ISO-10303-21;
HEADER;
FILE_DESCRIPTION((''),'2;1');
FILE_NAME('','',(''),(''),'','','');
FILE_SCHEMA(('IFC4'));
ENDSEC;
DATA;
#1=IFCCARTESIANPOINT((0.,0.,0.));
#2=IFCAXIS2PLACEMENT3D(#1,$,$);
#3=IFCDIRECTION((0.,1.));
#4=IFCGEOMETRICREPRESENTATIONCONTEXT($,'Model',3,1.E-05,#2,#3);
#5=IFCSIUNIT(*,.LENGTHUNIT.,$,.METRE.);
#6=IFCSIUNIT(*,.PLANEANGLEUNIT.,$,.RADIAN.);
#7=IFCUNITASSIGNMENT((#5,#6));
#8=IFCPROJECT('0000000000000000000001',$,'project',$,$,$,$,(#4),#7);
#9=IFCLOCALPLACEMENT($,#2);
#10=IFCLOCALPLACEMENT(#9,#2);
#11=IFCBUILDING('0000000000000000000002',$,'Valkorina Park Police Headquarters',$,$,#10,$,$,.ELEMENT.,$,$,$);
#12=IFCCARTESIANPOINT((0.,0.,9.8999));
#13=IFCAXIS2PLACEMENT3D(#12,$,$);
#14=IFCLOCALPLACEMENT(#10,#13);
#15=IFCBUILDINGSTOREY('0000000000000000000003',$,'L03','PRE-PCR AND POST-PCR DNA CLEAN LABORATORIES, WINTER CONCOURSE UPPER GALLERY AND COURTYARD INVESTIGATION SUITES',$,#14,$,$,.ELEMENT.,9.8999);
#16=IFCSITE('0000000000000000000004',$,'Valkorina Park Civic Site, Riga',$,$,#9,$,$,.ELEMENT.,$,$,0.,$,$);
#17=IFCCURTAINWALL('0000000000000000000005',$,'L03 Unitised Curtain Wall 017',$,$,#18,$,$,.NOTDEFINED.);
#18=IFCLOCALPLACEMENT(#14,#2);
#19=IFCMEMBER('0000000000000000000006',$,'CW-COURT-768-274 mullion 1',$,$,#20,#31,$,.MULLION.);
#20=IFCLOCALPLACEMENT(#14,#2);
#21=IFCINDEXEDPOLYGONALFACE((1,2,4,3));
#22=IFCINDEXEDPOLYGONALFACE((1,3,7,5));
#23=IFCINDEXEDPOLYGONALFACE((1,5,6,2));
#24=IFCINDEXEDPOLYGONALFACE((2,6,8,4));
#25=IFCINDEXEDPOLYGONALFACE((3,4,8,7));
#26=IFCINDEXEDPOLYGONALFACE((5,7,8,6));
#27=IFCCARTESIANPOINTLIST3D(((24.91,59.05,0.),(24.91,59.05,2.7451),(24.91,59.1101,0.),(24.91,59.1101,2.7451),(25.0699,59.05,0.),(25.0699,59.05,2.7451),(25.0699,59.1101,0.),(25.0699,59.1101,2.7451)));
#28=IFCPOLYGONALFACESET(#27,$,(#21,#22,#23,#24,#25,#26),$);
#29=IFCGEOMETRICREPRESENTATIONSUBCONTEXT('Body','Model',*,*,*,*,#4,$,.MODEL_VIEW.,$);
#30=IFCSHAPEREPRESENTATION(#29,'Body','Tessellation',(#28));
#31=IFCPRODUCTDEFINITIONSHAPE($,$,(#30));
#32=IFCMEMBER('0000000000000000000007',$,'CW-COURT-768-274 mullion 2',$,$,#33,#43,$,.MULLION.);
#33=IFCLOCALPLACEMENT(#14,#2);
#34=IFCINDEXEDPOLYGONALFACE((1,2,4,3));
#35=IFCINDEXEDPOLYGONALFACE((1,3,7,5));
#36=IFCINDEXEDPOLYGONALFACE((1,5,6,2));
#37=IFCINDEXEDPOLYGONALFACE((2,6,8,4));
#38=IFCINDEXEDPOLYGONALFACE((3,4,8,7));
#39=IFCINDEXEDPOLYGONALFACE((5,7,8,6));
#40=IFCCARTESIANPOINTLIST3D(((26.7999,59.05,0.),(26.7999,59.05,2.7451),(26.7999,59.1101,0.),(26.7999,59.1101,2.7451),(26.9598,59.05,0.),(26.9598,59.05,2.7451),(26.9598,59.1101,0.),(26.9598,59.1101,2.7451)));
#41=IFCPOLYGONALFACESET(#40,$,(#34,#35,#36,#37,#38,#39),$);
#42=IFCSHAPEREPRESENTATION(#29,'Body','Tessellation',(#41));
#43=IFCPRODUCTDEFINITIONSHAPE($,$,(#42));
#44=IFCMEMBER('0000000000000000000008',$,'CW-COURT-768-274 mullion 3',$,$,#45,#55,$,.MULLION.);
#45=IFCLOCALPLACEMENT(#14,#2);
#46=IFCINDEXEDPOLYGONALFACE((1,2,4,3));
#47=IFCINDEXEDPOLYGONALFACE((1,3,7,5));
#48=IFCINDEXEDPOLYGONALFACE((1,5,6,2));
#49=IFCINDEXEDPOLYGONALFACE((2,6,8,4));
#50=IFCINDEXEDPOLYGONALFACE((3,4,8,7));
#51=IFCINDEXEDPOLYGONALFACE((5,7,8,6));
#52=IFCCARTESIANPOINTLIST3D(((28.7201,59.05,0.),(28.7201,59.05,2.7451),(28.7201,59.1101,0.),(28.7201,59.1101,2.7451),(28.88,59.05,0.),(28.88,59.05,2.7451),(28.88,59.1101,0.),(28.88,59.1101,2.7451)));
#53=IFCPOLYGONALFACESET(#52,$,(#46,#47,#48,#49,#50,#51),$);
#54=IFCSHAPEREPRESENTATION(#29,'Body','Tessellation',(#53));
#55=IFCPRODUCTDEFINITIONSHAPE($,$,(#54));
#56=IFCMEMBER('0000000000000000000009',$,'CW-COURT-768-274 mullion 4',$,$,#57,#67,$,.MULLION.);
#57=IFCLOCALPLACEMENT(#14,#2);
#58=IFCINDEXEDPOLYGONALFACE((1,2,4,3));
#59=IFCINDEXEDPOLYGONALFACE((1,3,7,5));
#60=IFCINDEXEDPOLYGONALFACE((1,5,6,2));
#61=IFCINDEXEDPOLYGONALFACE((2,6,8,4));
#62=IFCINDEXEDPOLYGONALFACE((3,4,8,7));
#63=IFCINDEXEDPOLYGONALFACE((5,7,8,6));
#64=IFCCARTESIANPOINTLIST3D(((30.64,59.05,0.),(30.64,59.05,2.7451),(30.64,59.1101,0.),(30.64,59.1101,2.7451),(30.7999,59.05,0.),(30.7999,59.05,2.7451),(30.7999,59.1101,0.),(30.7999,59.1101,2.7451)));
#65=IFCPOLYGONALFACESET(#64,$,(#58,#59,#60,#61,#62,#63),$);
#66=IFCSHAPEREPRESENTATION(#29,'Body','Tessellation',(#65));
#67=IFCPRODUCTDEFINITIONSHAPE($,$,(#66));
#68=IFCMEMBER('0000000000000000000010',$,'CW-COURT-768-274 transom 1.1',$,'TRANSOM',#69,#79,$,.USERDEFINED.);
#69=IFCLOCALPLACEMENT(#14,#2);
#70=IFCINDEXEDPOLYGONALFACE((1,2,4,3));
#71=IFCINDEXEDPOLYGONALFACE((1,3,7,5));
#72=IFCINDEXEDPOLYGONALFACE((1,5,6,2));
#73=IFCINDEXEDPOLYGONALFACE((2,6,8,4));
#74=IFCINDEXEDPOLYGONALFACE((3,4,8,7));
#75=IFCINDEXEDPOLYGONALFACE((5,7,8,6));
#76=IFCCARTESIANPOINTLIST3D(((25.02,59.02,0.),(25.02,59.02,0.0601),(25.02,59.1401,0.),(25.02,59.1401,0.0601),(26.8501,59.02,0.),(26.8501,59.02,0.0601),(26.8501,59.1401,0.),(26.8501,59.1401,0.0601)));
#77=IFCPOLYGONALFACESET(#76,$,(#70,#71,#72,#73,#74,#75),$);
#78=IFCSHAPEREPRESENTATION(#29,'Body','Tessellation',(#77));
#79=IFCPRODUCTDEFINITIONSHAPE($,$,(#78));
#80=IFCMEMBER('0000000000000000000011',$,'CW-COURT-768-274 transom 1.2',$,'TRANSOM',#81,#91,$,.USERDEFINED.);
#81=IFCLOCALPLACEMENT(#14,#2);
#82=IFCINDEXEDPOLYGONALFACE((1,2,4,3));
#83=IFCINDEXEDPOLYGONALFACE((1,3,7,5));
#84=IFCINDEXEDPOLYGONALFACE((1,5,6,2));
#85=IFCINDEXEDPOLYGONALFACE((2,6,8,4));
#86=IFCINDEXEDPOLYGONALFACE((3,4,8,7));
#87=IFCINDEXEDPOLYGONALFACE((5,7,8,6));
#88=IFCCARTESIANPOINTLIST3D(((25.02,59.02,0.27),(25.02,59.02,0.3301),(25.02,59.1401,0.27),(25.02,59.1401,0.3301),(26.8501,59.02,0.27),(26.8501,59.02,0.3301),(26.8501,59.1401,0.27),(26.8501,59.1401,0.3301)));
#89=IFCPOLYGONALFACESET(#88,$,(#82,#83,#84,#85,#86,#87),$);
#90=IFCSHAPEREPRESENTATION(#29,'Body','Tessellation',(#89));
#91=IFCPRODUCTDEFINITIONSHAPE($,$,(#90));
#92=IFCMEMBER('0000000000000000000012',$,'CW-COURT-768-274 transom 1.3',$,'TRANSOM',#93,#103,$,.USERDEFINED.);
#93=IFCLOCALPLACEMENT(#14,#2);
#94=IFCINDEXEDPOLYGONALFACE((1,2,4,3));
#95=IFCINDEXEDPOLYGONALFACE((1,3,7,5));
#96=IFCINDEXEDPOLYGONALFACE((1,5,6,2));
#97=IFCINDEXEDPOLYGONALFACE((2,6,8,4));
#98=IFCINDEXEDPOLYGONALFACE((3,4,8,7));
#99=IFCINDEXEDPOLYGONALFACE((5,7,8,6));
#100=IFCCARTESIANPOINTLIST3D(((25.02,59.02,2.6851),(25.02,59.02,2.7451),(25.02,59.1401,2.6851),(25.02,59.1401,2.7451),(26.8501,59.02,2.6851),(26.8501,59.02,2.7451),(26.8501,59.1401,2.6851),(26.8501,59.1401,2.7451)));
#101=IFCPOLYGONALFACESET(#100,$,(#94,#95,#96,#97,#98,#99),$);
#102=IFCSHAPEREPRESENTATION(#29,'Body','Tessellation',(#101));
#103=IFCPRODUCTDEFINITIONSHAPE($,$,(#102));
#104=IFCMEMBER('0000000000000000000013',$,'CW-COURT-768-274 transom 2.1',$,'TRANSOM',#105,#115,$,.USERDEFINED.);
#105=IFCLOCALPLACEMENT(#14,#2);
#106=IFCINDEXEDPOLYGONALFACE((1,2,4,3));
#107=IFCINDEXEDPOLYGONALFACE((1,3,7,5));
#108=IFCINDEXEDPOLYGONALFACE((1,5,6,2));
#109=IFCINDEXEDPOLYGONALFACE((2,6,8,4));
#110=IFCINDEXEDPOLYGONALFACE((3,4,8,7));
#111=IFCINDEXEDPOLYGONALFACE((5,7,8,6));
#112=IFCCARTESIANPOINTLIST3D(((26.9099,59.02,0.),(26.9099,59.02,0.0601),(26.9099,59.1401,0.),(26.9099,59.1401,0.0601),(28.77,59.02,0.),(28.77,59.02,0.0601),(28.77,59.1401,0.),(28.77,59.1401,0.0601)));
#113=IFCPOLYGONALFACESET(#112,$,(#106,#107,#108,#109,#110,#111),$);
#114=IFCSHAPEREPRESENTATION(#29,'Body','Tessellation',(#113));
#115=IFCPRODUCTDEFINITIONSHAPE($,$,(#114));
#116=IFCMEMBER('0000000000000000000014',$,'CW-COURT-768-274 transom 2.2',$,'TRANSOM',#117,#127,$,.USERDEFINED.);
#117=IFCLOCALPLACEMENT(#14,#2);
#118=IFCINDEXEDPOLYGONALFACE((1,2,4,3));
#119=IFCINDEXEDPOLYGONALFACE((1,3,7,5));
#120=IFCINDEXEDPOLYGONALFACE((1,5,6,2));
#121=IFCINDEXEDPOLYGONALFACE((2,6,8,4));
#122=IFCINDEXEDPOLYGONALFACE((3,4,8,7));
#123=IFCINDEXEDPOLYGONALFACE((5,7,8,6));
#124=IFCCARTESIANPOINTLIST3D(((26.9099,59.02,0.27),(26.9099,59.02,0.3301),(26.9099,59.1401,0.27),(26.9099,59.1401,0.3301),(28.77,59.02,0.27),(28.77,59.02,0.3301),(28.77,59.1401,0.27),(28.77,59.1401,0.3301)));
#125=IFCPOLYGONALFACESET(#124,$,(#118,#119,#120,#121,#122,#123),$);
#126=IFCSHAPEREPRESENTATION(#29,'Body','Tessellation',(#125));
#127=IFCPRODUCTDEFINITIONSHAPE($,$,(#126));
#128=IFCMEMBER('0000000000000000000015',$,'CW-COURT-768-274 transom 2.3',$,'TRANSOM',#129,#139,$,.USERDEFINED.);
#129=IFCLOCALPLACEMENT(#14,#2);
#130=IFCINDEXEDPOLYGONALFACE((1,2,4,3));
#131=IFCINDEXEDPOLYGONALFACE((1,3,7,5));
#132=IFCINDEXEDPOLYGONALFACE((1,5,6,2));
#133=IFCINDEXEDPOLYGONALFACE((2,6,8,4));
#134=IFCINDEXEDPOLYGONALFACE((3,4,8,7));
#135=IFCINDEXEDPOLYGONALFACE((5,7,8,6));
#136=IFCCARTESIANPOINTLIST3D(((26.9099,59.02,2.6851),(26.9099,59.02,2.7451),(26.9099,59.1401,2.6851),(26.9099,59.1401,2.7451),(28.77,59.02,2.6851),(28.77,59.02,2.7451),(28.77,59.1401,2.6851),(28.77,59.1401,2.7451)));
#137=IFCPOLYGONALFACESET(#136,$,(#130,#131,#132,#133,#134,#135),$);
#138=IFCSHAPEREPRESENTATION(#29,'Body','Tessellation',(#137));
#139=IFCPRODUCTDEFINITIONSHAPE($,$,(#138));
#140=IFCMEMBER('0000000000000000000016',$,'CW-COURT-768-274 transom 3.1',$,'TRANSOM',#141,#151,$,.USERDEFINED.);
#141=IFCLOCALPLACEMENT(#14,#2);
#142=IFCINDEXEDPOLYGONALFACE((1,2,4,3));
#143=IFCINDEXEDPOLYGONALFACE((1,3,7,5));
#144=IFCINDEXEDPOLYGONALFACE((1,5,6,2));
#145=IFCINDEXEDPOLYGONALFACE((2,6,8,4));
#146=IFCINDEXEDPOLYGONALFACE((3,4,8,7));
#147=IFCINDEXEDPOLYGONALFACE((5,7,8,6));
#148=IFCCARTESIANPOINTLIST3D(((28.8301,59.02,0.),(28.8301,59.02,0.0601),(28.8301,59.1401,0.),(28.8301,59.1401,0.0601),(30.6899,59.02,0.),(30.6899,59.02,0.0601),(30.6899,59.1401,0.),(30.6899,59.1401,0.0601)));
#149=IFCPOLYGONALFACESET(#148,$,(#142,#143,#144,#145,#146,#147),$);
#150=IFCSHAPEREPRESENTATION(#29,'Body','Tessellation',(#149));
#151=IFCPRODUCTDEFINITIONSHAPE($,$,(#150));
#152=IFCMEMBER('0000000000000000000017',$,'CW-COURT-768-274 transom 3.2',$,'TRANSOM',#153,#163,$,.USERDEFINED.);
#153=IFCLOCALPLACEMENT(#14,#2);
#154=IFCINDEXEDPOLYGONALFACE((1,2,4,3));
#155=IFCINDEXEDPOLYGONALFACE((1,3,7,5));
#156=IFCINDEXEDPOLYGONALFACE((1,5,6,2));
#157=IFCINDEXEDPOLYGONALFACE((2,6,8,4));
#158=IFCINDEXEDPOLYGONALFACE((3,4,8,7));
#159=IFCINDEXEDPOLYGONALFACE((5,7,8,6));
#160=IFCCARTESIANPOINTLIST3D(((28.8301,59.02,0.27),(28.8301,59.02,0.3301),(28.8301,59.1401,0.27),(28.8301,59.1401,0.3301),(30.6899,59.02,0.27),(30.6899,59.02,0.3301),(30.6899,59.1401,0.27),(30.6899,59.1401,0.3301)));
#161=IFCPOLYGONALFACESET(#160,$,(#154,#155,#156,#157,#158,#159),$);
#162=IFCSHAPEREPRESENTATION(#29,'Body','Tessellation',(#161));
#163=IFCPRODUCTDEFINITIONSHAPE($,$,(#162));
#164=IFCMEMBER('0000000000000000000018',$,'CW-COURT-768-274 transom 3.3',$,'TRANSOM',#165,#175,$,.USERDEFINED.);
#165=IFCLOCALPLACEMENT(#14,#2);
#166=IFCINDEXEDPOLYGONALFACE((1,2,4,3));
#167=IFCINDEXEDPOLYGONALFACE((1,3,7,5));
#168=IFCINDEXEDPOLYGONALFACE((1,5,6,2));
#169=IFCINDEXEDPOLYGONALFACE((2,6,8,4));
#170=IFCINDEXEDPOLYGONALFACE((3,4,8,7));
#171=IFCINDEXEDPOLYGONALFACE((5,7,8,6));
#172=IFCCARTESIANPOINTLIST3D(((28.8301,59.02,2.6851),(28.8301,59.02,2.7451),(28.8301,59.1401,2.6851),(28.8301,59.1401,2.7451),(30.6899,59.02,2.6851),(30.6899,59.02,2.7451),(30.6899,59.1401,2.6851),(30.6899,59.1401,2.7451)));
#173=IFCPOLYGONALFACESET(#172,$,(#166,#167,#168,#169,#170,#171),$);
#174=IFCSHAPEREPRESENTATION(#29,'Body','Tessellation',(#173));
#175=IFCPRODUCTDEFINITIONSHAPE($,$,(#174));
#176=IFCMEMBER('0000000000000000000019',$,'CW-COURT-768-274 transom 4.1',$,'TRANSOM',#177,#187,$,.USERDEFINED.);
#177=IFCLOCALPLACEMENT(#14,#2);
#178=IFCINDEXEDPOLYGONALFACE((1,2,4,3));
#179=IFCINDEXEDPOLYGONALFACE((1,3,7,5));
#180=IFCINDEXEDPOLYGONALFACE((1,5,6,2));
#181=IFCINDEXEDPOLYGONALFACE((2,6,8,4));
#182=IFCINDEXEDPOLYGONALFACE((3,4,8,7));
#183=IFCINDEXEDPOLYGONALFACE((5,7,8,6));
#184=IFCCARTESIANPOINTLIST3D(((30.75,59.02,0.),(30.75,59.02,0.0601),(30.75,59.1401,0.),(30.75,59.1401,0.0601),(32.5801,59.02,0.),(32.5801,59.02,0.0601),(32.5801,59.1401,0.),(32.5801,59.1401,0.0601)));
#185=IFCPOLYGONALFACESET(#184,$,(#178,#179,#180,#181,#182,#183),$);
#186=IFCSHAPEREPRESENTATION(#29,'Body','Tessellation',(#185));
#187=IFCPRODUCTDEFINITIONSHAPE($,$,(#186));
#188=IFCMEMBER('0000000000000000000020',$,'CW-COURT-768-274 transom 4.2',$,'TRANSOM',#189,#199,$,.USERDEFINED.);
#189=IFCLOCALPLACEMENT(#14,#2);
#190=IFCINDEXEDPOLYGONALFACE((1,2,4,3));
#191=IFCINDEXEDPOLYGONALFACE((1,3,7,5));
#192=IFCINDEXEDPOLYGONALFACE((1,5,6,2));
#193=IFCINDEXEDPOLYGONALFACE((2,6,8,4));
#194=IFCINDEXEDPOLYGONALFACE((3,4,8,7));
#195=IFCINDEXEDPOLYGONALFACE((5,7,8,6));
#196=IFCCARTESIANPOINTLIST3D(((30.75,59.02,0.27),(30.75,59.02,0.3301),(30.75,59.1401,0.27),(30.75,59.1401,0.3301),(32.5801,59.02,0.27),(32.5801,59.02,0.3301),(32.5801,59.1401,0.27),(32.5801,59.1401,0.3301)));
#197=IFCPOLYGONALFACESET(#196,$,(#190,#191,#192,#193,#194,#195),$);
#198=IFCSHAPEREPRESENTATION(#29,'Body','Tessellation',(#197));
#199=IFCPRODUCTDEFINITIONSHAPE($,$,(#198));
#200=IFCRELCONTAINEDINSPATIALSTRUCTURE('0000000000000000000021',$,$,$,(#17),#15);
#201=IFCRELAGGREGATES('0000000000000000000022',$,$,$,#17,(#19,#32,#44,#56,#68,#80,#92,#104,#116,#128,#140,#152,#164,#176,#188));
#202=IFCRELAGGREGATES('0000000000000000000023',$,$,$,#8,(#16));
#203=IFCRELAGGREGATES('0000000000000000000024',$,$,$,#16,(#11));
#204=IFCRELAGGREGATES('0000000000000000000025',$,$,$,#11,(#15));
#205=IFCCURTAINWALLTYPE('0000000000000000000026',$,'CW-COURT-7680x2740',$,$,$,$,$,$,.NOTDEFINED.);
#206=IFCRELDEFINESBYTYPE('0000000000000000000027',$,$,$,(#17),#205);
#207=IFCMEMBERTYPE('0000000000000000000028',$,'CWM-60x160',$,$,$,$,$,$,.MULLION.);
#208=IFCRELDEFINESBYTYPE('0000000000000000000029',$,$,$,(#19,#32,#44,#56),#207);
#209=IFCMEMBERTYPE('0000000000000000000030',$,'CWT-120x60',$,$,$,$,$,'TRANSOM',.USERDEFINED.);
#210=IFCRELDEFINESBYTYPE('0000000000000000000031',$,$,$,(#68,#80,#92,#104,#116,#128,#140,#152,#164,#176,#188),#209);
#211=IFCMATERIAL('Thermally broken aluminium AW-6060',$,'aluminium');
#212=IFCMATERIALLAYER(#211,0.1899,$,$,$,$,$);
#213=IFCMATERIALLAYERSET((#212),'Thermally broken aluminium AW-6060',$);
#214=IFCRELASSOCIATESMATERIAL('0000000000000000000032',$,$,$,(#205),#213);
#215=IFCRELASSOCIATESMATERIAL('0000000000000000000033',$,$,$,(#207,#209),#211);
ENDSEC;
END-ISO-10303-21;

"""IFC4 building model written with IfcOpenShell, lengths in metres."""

from ifc_helpers import new_model, si_unit, direction, frame, origin, origin_2d, place, context, subcontext, project, spatial, rectangle, extrude, material, layer, layer_set, material_profile, profile_set, type_object, element, aggregate, save


model = new_model("IFC4")

# Units and contexts
model_context = context("Model", 3, precision=1e-05, world=origin(), true_north=direction((0.0, 1.0)))
body_context = subcontext(model_context, "Body", "Model", "MODEL_VIEW")
ifc_project = project(units=[si_unit("LENGTHUNIT", "METRE"), si_unit("PLANEANGLEUNIT", "RADIAN")], contexts=[model_context])

# Site, building, storey
site_placement = place(None, origin())
site = spatial("IfcSite", under=ifc_project, at=site_placement, Name="Valkorina Park Civic Site, Riga", CompositionType="ELEMENT", RefElevation=0.0)
building_placement = place(site_placement, origin())
building = spatial("IfcBuilding", under=site, at=building_placement, Name="Valkorina Park Police Headquarters", CompositionType="ELEMENT")
storey_placement = place(building_placement, frame((0.0, 0.0, 9.8999)))
storey = spatial("IfcBuildingStorey", under=building, at=storey_placement, Name="L03", Description="PRE-PCR AND POST-PCR DNA CLEAN LABORATORIES, WINTER CONCOURSE UPPER GALLERY AND COURTYARD INVESTIGATION SUITES", CompositionType="ELEMENT", Elevation=9.8999)

# Curtain wall, members
ifc_material_1 = material(Name="Thermally broken aluminium AW-6060", Category="aluminium")
ifc_layer_1 = layer(ifc_material_1, 0.1899)
ifc_layer_set_1 = layer_set([ifc_layer_1], Name="Thermally broken aluminium AW-6060")
curtain_wall_type = type_object("IfcCurtainWallType", Name="CW-COURT-7680x2740", PredefinedType="NOTDEFINED", material=ifc_layer_set_1)
curtain_wall_placement = place(storey_placement, origin())
curtain_wall = element("IfcCurtainWall", 1, at=curtain_wall_placement, inside=storey, type_object=curtain_wall_type, Name="L03 Unitised Curtain Wall 017", PredefinedType="NOTDEFINED")
ifc_material_profile_1 = material_profile(ifc_material_1, rectangle(XDim=0.0601, YDim=0.1599, at=origin_2d()), Name="CWM-01 60x160")
ifc_profile_set_1 = profile_set([ifc_material_profile_1], Name="Thermally broken aluminium AW-6060")
member_type_1 = type_object("IfcMemberType", Name="CWM-60x160", PredefinedType="MULLION", material=ifc_profile_set_1)
member_1_placement = place(storey_placement, frame((24.99, 59.0801, 0.0), z_axis=(0.0, 0.0, 1.0), x_axis=(0.0, 1.0, 0.0)))
member_1 = element("IfcMember", 2, at=member_1_placement, type_object=member_type_1, Name="CW-COURT-768-274 mullion 1", PredefinedType="MULLION", context=body_context, shape_type="SweptSolid", body=[
    extrude(rectangle(XDim=0.0601, YDim=0.1599, at=origin_2d()), origin(), (0.0, 0.0, 1.0), 2.7451),
])
member_2_placement = place(storey_placement, frame((26.8799, 59.0801, 0.0), z_axis=(0.0, 0.0, 1.0), x_axis=(0.0, 1.0, 0.0)))
member_2 = element("IfcMember", 3, at=member_2_placement, type_object=member_type_1, Name="CW-COURT-768-274 mullion 2", PredefinedType="MULLION", context=body_context, shape_type="SweptSolid", body=[
    extrude(rectangle(XDim=0.0601, YDim=0.1599, at=origin_2d()), origin(), (0.0, 0.0, 1.0), 2.7451),
])
member_3_placement = place(storey_placement, frame((28.8, 59.0801, 0.0), z_axis=(0.0, 0.0, 1.0), x_axis=(0.0, 1.0, 0.0)))
member_3 = element("IfcMember", 4, at=member_3_placement, type_object=member_type_1, Name="CW-COURT-768-274 mullion 3", PredefinedType="MULLION", context=body_context, shape_type="SweptSolid", body=[
    extrude(rectangle(XDim=0.0601, YDim=0.1599, at=origin_2d()), origin(), (0.0, 0.0, 1.0), 2.7451),
])
member_4_placement = place(storey_placement, frame((30.72, 59.0801, 0.0), z_axis=(0.0, 0.0, 1.0), x_axis=(0.0, 1.0, 0.0)))
member_4 = element("IfcMember", 5, at=member_4_placement, type_object=member_type_1, Name="CW-COURT-768-274 mullion 4", PredefinedType="MULLION", context=body_context, shape_type="SweptSolid", body=[
    extrude(rectangle(XDim=0.0601, YDim=0.1599, at=origin_2d()), origin(), (0.0, 0.0, 1.0), 2.7451),
])
ifc_material_profile_2 = material_profile(ifc_material_1, rectangle(XDim=0.1201, YDim=0.0601, at=origin_2d()), Name="CWT-01 120x60")
ifc_profile_set_2 = profile_set([ifc_material_profile_2], Name="Thermally broken aluminium AW-6060")
member_type_2 = type_object("IfcMemberType", Name="CWT-120x60", ElementType="TRANSOM", PredefinedType="USERDEFINED", material=ifc_profile_set_2)
member_5_placement = place(storey_placement, frame((25.02, 59.0801, 0.03), z_axis=(1.0, 0.0, 0.0), x_axis=(0.0, 1.0, 0.0)))
member_5 = element("IfcMember", 6, at=member_5_placement, type_object=member_type_2, Name="CW-COURT-768-274 transom 1.1", ObjectType="TRANSOM", PredefinedType="USERDEFINED", context=body_context, shape_type="SweptSolid", body=[
    extrude(rectangle(XDim=0.1201, YDim=0.0601, at=origin_2d()), origin(), (0.0, 0.0, 1.0), 1.8301),
])
member_6_placement = place(storey_placement, frame((25.02, 59.0801, 0.3), z_axis=(1.0, 0.0, 0.0), x_axis=(0.0, 1.0, 0.0)))
member_6 = element("IfcMember", 7, at=member_6_placement, type_object=member_type_2, Name="CW-COURT-768-274 transom 1.2", ObjectType="TRANSOM", PredefinedType="USERDEFINED", context=body_context, shape_type="SweptSolid", body=[
    extrude(rectangle(XDim=0.1201, YDim=0.0601, at=origin_2d()), origin(), (0.0, 0.0, 1.0), 1.8301),
])
member_7_placement = place(storey_placement, frame((25.02, 59.0801, 2.7151), z_axis=(1.0, 0.0, 0.0), x_axis=(0.0, 1.0, 0.0)))
member_7 = element("IfcMember", 8, at=member_7_placement, type_object=member_type_2, Name="CW-COURT-768-274 transom 1.3", ObjectType="TRANSOM", PredefinedType="USERDEFINED", context=body_context, shape_type="SweptSolid", body=[
    extrude(rectangle(XDim=0.1201, YDim=0.0601, at=origin_2d()), origin(), (0.0, 0.0, 1.0), 1.8301),
])
member_8_placement = place(storey_placement, frame((26.9099, 59.0801, 0.03), z_axis=(1.0, 0.0, 0.0), x_axis=(0.0, 1.0, 0.0)))
member_8 = element("IfcMember", 9, at=member_8_placement, type_object=member_type_2, Name="CW-COURT-768-274 transom 2.1", ObjectType="TRANSOM", PredefinedType="USERDEFINED", context=body_context, shape_type="SweptSolid", body=[
    extrude(rectangle(XDim=0.1201, YDim=0.0601, at=origin_2d()), origin(), (0.0, 0.0, 1.0), 1.8601),
])
member_9_placement = place(storey_placement, frame((26.9099, 59.0801, 0.3), z_axis=(1.0, 0.0, 0.0), x_axis=(0.0, 1.0, 0.0)))
member_9 = element("IfcMember", 10, at=member_9_placement, type_object=member_type_2, Name="CW-COURT-768-274 transom 2.2", ObjectType="TRANSOM", PredefinedType="USERDEFINED", context=body_context, shape_type="SweptSolid", body=[
    extrude(rectangle(XDim=0.1201, YDim=0.0601, at=origin_2d()), origin(), (0.0, 0.0, 1.0), 1.8601),
])
member_10_placement = place(storey_placement, frame((26.9099, 59.0801, 2.7151), z_axis=(1.0, 0.0, 0.0), x_axis=(0.0, 1.0, 0.0)))
member_10 = element("IfcMember", 11, at=member_10_placement, type_object=member_type_2, Name="CW-COURT-768-274 transom 2.3", ObjectType="TRANSOM", PredefinedType="USERDEFINED", context=body_context, shape_type="SweptSolid", body=[
    extrude(rectangle(XDim=0.1201, YDim=0.0601, at=origin_2d()), origin(), (0.0, 0.0, 1.0), 1.8601),
])
member_11_placement = place(storey_placement, frame((28.8301, 59.0801, 0.03), z_axis=(1.0, 0.0, 0.0), x_axis=(0.0, 1.0, 0.0)))
member_11 = element("IfcMember", 12, at=member_11_placement, type_object=member_type_2, Name="CW-COURT-768-274 transom 3.1", ObjectType="TRANSOM", PredefinedType="USERDEFINED", context=body_context, shape_type="SweptSolid", body=[
    extrude(rectangle(XDim=0.1201, YDim=0.0601, at=origin_2d()), origin(), (0.0, 0.0, 1.0), 1.8599),
])
member_12_placement = place(storey_placement, frame((28.8301, 59.0801, 0.3), z_axis=(1.0, 0.0, 0.0), x_axis=(0.0, 1.0, 0.0)))
member_12 = element("IfcMember", 13, at=member_12_placement, type_object=member_type_2, Name="CW-COURT-768-274 transom 3.2", ObjectType="TRANSOM", PredefinedType="USERDEFINED", context=body_context, shape_type="SweptSolid", body=[
    extrude(rectangle(XDim=0.1201, YDim=0.0601, at=origin_2d()), origin(), (0.0, 0.0, 1.0), 1.8599),
])
member_13_placement = place(storey_placement, frame((28.8301, 59.0801, 2.7151), z_axis=(1.0, 0.0, 0.0), x_axis=(0.0, 1.0, 0.0)))
member_13 = element("IfcMember", 14, at=member_13_placement, type_object=member_type_2, Name="CW-COURT-768-274 transom 3.3", ObjectType="TRANSOM", PredefinedType="USERDEFINED", context=body_context, shape_type="SweptSolid", body=[
    extrude(rectangle(XDim=0.1201, YDim=0.0601, at=origin_2d()), origin(), (0.0, 0.0, 1.0), 1.8599),
])
member_14_placement = place(storey_placement, frame((30.75, 59.0801, 0.03), z_axis=(1.0, 0.0, 0.0), x_axis=(0.0, 1.0, 0.0)))
member_14 = element("IfcMember", 15, at=member_14_placement, type_object=member_type_2, Name="CW-COURT-768-274 transom 4.1", ObjectType="TRANSOM", PredefinedType="USERDEFINED", context=body_context, shape_type="SweptSolid", body=[
    extrude(rectangle(XDim=0.1201, YDim=0.0601, at=origin_2d()), origin(), (0.0, 0.0, 1.0), 1.8301),
])
member_15_placement = place(storey_placement, frame((30.75, 59.0801, 0.3), z_axis=(1.0, 0.0, 0.0), x_axis=(0.0, 1.0, 0.0)))
member_15 = element("IfcMember", 16, at=member_15_placement, type_object=member_type_2, Name="CW-COURT-768-274 transom 4.2", ObjectType="TRANSOM", PredefinedType="USERDEFINED", context=body_context, shape_type="SweptSolid", body=[
    extrude(rectangle(XDim=0.1201, YDim=0.0601, at=origin_2d()), origin(), (0.0, 0.0, 1.0), 1.8301),
])
aggregate(curtain_wall, [member_1, member_2, member_3, member_4, member_5, member_6, member_7, member_8, member_9, member_10, member_11, member_12, member_13, member_14, member_15])

save(model, "model.ifc")
